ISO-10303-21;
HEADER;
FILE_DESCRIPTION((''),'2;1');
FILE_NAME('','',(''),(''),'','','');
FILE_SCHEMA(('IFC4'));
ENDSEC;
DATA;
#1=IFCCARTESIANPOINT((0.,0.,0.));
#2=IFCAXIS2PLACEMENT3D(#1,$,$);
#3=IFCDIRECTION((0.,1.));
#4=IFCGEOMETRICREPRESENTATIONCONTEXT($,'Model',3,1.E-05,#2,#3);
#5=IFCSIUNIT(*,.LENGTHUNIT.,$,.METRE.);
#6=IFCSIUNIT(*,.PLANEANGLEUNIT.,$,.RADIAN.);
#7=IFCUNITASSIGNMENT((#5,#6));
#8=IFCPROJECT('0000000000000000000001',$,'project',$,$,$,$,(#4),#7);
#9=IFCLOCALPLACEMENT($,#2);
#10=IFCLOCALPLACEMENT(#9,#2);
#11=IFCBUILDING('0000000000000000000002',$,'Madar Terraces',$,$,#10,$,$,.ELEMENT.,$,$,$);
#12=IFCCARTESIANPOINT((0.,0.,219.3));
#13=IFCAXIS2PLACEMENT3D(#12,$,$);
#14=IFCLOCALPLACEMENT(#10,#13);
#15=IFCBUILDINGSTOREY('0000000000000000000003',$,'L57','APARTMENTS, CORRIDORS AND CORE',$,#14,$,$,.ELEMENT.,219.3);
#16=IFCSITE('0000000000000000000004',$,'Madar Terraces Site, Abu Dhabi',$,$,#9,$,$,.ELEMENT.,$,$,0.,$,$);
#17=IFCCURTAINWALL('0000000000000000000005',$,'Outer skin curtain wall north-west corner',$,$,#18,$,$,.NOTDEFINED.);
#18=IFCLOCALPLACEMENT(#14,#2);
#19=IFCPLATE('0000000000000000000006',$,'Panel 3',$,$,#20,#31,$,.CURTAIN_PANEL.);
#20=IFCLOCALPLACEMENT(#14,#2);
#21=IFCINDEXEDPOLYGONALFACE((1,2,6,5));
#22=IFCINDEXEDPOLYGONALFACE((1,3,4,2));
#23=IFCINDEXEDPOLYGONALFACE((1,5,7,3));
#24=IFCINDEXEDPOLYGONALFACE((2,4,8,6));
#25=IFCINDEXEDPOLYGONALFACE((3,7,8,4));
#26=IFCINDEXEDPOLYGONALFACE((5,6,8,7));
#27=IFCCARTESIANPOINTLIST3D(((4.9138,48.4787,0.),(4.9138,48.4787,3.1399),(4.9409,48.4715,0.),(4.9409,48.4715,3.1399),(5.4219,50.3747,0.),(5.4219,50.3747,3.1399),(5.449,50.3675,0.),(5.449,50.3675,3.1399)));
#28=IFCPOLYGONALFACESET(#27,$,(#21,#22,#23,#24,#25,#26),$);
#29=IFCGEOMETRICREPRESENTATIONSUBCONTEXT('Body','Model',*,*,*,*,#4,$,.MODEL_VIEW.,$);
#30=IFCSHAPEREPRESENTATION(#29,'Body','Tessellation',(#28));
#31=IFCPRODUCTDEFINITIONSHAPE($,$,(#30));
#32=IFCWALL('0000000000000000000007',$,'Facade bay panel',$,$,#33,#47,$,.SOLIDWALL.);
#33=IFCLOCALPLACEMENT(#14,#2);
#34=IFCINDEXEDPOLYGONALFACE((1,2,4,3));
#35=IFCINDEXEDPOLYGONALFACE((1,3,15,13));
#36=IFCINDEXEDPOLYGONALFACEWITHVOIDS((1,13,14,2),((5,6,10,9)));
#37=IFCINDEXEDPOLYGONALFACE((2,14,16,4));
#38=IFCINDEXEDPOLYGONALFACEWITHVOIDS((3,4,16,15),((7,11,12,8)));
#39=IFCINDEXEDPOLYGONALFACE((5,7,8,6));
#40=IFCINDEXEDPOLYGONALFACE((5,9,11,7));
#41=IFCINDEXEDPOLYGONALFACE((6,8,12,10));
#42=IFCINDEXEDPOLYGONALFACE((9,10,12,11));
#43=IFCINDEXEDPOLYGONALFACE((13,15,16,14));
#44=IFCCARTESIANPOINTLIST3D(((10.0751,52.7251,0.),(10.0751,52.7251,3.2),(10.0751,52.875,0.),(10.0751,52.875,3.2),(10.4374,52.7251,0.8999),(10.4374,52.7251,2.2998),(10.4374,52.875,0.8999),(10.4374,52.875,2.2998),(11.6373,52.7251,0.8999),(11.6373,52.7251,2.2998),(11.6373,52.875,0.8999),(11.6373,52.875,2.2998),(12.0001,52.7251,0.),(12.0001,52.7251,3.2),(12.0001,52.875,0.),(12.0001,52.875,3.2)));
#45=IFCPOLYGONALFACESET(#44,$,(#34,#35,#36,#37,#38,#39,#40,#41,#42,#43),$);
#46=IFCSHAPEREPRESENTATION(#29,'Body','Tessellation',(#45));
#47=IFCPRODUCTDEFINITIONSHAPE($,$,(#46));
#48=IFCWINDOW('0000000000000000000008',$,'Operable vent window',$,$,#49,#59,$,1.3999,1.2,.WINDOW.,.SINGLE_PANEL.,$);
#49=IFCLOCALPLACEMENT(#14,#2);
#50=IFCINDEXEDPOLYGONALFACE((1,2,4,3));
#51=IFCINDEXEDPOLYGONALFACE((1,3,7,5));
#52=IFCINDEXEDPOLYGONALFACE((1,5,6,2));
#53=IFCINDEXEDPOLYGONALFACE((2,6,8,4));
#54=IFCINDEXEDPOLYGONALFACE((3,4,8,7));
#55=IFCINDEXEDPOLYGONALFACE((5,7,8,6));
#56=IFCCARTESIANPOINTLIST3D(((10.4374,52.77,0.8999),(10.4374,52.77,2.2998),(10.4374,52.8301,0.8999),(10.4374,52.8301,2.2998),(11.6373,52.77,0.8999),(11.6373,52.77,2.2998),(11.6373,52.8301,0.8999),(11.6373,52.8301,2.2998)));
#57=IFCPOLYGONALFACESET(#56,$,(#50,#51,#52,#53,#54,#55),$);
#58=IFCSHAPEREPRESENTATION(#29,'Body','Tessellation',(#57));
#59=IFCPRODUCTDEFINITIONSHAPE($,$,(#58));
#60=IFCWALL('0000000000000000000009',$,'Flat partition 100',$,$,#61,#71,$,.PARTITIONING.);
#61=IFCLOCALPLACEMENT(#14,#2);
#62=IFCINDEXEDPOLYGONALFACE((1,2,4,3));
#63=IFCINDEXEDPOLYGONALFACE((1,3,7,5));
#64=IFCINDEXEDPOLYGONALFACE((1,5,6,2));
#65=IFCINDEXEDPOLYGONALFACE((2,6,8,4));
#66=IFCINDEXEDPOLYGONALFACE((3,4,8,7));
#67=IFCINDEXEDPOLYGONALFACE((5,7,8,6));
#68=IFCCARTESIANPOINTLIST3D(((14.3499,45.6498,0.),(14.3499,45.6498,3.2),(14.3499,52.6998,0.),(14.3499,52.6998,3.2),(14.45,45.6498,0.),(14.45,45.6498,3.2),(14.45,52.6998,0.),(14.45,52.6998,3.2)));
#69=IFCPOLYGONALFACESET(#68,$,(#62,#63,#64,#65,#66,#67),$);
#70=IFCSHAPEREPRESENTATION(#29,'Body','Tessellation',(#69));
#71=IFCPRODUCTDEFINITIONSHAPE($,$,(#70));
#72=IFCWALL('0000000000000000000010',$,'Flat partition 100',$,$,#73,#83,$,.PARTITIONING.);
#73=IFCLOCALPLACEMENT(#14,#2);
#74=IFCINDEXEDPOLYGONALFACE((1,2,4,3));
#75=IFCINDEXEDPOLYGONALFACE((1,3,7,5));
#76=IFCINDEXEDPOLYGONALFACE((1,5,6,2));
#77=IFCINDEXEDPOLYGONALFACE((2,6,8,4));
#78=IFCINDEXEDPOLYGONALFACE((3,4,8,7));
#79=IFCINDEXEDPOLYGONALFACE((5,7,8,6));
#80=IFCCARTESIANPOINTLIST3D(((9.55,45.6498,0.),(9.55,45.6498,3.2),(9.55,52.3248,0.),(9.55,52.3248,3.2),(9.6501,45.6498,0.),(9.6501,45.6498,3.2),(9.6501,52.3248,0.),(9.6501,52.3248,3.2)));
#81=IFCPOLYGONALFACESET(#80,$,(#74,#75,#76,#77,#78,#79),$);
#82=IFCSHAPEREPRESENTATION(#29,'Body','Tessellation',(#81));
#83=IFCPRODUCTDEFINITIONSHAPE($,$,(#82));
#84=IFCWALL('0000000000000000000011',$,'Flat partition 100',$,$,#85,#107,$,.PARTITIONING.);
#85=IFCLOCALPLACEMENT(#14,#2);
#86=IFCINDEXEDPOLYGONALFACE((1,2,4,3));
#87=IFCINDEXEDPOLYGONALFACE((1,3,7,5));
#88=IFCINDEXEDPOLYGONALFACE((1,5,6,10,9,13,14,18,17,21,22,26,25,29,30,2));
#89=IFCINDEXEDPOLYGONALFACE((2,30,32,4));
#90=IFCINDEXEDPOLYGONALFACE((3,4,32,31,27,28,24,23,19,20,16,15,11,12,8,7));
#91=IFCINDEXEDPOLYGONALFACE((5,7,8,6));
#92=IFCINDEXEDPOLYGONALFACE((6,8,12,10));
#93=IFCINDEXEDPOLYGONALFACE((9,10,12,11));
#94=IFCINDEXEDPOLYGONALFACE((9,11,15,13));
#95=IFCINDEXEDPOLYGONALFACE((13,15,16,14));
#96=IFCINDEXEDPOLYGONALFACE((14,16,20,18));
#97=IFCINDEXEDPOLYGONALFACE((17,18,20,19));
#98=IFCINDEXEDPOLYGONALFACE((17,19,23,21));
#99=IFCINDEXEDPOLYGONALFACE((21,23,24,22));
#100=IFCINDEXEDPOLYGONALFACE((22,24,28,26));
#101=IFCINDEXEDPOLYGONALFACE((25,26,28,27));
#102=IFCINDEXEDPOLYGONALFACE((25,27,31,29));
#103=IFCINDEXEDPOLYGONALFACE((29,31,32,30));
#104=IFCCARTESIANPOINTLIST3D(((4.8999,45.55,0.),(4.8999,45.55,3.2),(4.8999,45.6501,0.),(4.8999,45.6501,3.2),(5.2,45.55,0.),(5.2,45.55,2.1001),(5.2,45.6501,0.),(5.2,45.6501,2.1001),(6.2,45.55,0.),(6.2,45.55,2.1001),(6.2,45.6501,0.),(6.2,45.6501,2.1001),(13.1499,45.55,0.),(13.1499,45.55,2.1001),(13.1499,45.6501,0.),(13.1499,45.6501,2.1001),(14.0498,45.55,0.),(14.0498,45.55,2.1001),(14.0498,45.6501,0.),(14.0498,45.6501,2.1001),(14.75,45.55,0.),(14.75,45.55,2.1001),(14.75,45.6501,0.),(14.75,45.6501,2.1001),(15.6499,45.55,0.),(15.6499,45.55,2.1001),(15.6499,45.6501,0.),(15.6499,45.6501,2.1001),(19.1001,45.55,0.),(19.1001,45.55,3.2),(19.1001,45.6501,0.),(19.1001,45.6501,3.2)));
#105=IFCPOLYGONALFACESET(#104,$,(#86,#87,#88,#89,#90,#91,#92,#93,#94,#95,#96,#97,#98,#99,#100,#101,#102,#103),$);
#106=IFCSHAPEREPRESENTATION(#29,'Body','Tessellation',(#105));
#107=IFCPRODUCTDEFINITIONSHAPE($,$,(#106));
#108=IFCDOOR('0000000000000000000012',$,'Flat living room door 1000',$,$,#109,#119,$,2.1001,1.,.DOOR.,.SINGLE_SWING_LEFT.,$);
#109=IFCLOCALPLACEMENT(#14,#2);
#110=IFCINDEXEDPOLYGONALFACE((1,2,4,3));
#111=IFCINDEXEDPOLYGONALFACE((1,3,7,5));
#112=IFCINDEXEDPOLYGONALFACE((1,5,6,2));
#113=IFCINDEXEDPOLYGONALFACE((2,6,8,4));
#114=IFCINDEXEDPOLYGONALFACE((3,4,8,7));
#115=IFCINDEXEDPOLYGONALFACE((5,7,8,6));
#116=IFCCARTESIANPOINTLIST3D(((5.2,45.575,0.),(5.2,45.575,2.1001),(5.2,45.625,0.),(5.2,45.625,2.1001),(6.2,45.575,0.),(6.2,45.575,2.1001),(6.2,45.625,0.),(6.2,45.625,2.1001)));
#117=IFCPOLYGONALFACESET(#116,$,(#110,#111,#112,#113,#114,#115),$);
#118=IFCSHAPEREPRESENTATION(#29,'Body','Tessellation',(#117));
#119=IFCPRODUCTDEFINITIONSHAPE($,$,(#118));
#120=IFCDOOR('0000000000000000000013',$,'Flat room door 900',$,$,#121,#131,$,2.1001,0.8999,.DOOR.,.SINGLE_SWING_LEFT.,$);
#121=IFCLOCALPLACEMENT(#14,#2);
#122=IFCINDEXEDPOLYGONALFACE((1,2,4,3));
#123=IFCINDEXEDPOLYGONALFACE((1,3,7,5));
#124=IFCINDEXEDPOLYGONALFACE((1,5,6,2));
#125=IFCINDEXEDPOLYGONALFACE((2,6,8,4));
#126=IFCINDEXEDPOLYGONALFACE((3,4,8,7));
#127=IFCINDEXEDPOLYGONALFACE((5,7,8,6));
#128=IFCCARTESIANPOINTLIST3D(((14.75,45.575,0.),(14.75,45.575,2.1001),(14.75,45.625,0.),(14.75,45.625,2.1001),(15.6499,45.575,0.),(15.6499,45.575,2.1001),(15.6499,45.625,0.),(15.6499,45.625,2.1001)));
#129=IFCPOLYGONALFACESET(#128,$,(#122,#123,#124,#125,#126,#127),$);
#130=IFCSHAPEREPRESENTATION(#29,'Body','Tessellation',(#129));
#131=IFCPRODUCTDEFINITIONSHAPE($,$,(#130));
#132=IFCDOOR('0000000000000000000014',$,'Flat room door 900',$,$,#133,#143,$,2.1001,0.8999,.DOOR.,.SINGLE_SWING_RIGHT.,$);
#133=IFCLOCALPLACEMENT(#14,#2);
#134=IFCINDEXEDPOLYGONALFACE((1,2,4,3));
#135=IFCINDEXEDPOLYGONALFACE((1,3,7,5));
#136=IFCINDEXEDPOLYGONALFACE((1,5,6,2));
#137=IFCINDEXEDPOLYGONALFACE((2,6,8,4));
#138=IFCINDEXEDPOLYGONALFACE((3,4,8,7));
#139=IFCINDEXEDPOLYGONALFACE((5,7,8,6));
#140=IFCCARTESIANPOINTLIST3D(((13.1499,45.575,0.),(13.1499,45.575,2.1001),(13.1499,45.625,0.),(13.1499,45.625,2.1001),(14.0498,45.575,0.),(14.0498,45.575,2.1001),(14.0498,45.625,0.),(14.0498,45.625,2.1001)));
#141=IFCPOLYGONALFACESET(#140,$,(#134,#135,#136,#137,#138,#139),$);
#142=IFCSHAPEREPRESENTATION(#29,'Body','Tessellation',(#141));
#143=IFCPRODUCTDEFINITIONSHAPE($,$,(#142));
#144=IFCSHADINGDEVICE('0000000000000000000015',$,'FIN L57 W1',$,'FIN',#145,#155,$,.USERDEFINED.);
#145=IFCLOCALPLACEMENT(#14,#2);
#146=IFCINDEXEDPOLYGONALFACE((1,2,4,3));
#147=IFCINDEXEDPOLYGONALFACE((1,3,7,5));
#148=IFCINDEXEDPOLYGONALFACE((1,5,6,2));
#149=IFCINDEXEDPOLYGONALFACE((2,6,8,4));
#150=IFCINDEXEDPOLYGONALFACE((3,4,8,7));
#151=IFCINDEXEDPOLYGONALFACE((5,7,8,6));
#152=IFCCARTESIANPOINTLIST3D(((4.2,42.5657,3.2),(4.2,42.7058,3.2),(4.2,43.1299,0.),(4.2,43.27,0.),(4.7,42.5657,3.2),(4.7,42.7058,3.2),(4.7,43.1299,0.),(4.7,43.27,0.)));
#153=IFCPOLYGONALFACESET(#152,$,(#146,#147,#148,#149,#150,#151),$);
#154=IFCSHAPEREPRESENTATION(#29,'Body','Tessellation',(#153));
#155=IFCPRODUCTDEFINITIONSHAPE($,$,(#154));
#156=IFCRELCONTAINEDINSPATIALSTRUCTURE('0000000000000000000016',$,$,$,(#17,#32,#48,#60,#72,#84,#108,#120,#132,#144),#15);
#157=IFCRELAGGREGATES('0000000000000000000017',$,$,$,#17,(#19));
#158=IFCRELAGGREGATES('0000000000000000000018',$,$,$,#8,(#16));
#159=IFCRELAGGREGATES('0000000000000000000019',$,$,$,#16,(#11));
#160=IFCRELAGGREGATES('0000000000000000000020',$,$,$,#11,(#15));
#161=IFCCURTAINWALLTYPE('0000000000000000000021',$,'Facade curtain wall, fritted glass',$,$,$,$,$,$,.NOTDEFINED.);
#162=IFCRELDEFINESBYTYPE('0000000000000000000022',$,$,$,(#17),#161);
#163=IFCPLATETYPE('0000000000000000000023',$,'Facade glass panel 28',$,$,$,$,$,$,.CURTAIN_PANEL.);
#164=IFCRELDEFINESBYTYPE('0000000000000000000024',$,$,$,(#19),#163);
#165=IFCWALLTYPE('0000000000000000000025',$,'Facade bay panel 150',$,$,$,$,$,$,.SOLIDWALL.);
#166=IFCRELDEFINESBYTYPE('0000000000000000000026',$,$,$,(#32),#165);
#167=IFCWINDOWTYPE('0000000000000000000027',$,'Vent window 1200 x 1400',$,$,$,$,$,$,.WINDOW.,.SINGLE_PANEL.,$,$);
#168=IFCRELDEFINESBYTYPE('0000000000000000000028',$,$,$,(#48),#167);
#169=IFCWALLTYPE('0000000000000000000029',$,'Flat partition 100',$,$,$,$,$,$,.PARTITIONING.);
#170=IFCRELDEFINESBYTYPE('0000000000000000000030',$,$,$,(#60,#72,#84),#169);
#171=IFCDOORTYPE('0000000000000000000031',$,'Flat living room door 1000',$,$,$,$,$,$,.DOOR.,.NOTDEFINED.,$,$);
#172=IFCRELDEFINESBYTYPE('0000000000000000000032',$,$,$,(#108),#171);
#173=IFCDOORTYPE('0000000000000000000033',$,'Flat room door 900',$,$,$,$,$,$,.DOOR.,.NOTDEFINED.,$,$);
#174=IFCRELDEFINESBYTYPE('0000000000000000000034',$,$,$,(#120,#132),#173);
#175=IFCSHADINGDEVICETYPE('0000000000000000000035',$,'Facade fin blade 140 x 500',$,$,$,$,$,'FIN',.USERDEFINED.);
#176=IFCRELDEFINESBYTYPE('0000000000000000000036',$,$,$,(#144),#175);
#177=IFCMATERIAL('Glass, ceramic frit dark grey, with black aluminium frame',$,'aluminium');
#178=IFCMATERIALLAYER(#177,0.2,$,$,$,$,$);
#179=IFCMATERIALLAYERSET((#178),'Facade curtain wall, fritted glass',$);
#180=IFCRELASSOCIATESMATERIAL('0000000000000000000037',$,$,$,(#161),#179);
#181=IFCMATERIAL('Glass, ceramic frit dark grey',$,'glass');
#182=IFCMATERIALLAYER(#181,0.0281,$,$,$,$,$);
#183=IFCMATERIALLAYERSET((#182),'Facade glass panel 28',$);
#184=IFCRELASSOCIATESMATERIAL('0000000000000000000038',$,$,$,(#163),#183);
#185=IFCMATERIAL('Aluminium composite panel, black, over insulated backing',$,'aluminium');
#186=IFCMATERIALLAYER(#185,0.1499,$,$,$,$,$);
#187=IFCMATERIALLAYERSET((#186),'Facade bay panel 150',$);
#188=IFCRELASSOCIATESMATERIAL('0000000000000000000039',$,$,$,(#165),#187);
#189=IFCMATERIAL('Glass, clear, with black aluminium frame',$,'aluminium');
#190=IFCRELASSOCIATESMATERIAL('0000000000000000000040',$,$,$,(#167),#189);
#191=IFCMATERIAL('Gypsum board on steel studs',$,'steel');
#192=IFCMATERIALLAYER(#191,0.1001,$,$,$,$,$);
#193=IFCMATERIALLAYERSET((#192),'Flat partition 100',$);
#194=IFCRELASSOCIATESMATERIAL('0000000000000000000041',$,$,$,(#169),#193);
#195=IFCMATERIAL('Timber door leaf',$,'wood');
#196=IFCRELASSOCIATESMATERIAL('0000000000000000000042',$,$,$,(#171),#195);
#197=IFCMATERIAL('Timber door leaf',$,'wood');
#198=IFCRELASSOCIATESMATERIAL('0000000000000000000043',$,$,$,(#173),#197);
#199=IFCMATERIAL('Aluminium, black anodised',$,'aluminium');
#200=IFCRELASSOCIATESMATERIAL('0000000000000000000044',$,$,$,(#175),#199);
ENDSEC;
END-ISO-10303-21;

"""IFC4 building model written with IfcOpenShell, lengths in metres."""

from ifc_helpers import new_model, si_unit, direction, frame, frame_2d, origin, origin_2d, place, context, subcontext, project, spatial, polyline, rectangle, outline, extrude, material, layer, layer_set, type_object, element, fill, aggregate, save


model = new_model("IFC4")

# Units and contexts
model_context = context("Model", 3, precision=1e-05, world=origin(), true_north=direction((0.0, 1.0)))
body_context = subcontext(model_context, "Body", "Model", "MODEL_VIEW")
ifc_project = project(units=[si_unit("LENGTHUNIT", "METRE"), si_unit("PLANEANGLEUNIT", "RADIAN")], contexts=[model_context])

# Site, building, storey
site_placement = place(None, origin())
site = spatial("IfcSite", under=ifc_project, at=site_placement, Name="Madar Terraces Site, Abu Dhabi", CompositionType="ELEMENT", RefElevation=0.0)
building_placement = place(site_placement, origin())
building = spatial("IfcBuilding", under=site, at=building_placement, Name="Madar Terraces", CompositionType="ELEMENT")
storey_placement = place(building_placement, frame((0.0, 0.0, 219.3)))
storey = spatial("IfcBuildingStorey", under=building, at=storey_placement, Name="L57", Description="APARTMENTS, CORRIDORS AND CORE", CompositionType="ELEMENT", Elevation=219.3)

# Shared definitions
ifc_material_1 = material(Name="Glass, ceramic frit dark grey, with black aluminium frame", Category="aluminium")
ifc_layer_1 = layer(ifc_material_1, 0.2)
ifc_layer_set_1 = layer_set([ifc_layer_1], Name="Facade curtain wall, fritted glass")
curtain_wall_type = type_object("IfcCurtainWallType", Name="Facade curtain wall, fritted glass", PredefinedType="NOTDEFINED", material=ifc_layer_set_1)

# Curtain wall
curtain_wall_1_placement = place(storey_placement, origin())
curtain_wall_1 = element("IfcCurtainWall", 1, at=curtain_wall_1_placement, inside=storey, type_object=curtain_wall_type, Name="Outer skin curtain wall north-west corner", PredefinedType="NOTDEFINED")

# Shared definitions
ifc_material_2 = material(Name="Glass, ceramic frit dark grey", Category="glass")
ifc_layer_2 = layer(ifc_material_2, 0.0281)
ifc_layer_set_2 = layer_set([ifc_layer_2], Name="Facade glass panel 28")
plate_type = type_object("IfcPlateType", Name="Facade glass panel 28", PredefinedType="CURTAIN_PANEL", material=ifc_layer_set_2)

# Plate
plate_1_placement = place(storey_placement, frame((5.1814, 49.4231, 0.0), z_axis=(0.0, 0.0, 1.0), x_axis=(-0.258819, -0.965926, 0.0)))
plate_1 = element("IfcPlate", 2, at=plate_1_placement, type_object=plate_type, Name="Panel 3", PredefinedType="CURTAIN_PANEL", context=body_context, shape_type="SweptSolid", body=[
    extrude(rectangle(XDim=1.9629, YDim=0.0281, at=origin_2d()), origin(), (0.0, 0.0, 1.0), 3.1399),
])
aggregate(curtain_wall_1, [plate_1])

# Wall, opening, window
ifc_material_3 = material(Name="Aluminium composite panel, black, over insulated backing", Category="aluminium")
ifc_layer_3 = layer(ifc_material_3, 0.1499)
ifc_layer_set_3 = layer_set([ifc_layer_3], Name="Facade bay panel 150")
wall_type_1 = type_object("IfcWallType", Name="Facade bay panel 150", PredefinedType="SOLIDWALL", material=ifc_layer_set_3)
wall_1_placement = place(storey_placement, frame((12.0, 52.8, 0.0), z_axis=(0.0, 0.0, 1.0), x_axis=(-1.0, 0.0, 0.0)))
wall_1 = element("IfcWall", 3, at=wall_1_placement, inside=storey, type_object=wall_type_1, Name="Facade bay panel", PredefinedType="SOLIDWALL", context=body_context, shape_type="SweptSolid", body=[
    extrude(rectangle(XDim=1.925, YDim=0.1499, at=frame_2d((0.9624, 0.0))), origin(), (0.0, 0.0, 1.0), 3.2),
])
opening_1_placement = place(wall_1_placement, frame((0.3625, 0.0, 0.8999)))
opening_1 = element("IfcOpeningElement", 4, at=opening_1_placement, cuts=wall_1, PredefinedType="OPENING", context=body_context, shape_type="SweptSolid", body=[
    extrude(rectangle(XDim=1.2, YDim=1.3999, at=frame_2d((0.6001, 0.7))), frame((0.0, 0.085, 0.0), z_axis=(0.0, -1.0, 0.0), x_axis=(1.0, 0.0, 0.0)), (0.0, 0.0, 1.0), 0.1699),
])
ifc_material_4 = material(Name="Glass, clear, with black aluminium frame", Category="aluminium")
window_type = type_object("IfcWindowType", Name="Vent window 1200 x 1400", PartitioningType="SINGLE_PANEL", PredefinedType="WINDOW", material=ifc_material_4)
window_placement = place(opening_1_placement, origin())
window = element("IfcWindow", 5, at=window_placement, inside=storey, type_object=window_type, Name="Operable vent window", OverallHeight=1.3999, OverallWidth=1.2, PartitioningType="SINGLE_PANEL", PredefinedType="WINDOW", context=body_context, shape_type="SweptSolid", body=[
    extrude(rectangle(XDim=1.2, YDim=1.3999, at=frame_2d((0.6001, 0.7))), frame((0.0, 0.03, 0.0), z_axis=(0.0, -1.0, 0.0), x_axis=(1.0, 0.0, 0.0)), (0.0, 0.0, 1.0), 0.0601),
])
fill(opening_1, window)

# Walls
ifc_material_5 = material(Name="Gypsum board on steel studs", Category="steel")
ifc_layer_4 = layer(ifc_material_5, 0.1001)
ifc_layer_set_4 = layer_set([ifc_layer_4], Name="Flat partition 100")
wall_type_2 = type_object("IfcWallType", Name="Flat partition 100", PredefinedType="PARTITIONING", material=ifc_layer_set_4)
wall_2_placement = place(storey_placement, frame((14.3999, 45.6499, 0.0), z_axis=(0.0, 0.0, 1.0), x_axis=(0.0, 1.0, 0.0)))
element("IfcWall", 6, at=wall_2_placement, inside=storey, type_object=wall_type_2, Name="Flat partition 100", PredefinedType="PARTITIONING", context=body_context, shape_type="SweptSolid", body=[
    extrude(rectangle(XDim=7.05, YDim=0.1001, at=frame_2d((3.5249, 0.0))), origin(), (0.0, 0.0, 1.0), 3.2),
])
wall_3_placement = place(storey_placement, frame((9.6001, 45.6499, 0.0), z_axis=(0.0, 0.0, 1.0), x_axis=(0.0, 1.0, 0.0)))
element("IfcWall", 7, at=wall_3_placement, inside=storey, type_object=wall_type_2, Name="Flat partition 100", PredefinedType="PARTITIONING", context=body_context, shape_type="SweptSolid", body=[
    extrude(rectangle(XDim=6.675, YDim=0.1001, at=frame_2d((3.3374, 0.0))), origin(), (0.0, 0.0, 1.0), 3.2),
])

# Wall, openings, doors
wall_4_placement = place(storey_placement, frame((4.8999, 45.6001, 0.0), z_axis=(0.0, 0.0, 1.0), x_axis=(1.0, 0.0, 0.0)))
wall_4 = element("IfcWall", 8, at=wall_4_placement, inside=storey, type_object=wall_type_2, Name="Flat partition 100", PredefinedType="PARTITIONING", context=body_context, shape_type="SweptSolid", body=[
    extrude(rectangle(XDim=14.2002, YDim=0.1001, at=frame_2d((7.1001, 0.0))), origin(), (0.0, 0.0, 1.0), 3.2),
])
opening_2_placement = place(wall_4_placement, frame((9.8501, 0.0, 0.0)))
opening_2 = element("IfcOpeningElement", 9, at=opening_2_placement, cuts=wall_4, PredefinedType="OPENING", context=body_context, shape_type="SweptSolid", body=[
    extrude(rectangle(XDim=0.8999, YDim=2.1001, at=frame_2d((0.45, 1.05))), frame((0.0, 0.0601, 0.0), z_axis=(0.0, -1.0, 0.0), x_axis=(1.0, 0.0, 0.0)), (0.0, 0.0, 1.0), 0.1201),
])
opening_3_placement = place(wall_4_placement, frame((8.25, 0.0, 0.0)))
opening_3 = element("IfcOpeningElement", 10, at=opening_3_placement, cuts=wall_4, PredefinedType="OPENING", context=body_context, shape_type="SweptSolid", body=[
    extrude(rectangle(XDim=0.8999, YDim=2.1001, at=frame_2d((0.45, 1.05))), frame((0.0, 0.0601, 0.0), z_axis=(0.0, -1.0, 0.0), x_axis=(1.0, 0.0, 0.0)), (0.0, 0.0, 1.0), 0.1201),
])
opening_4_placement = place(wall_4_placement, frame((0.3, 0.0, 0.0)))
opening_4 = element("IfcOpeningElement", 11, at=opening_4_placement, cuts=wall_4, PredefinedType="OPENING", context=body_context, shape_type="SweptSolid", body=[
    extrude(rectangle(XDim=1.0, YDim=2.1001, at=frame_2d((0.5, 1.05))), frame((0.0, 0.0601, 0.0), z_axis=(0.0, -1.0, 0.0), x_axis=(1.0, 0.0, 0.0)), (0.0, 0.0, 1.0), 0.1201),
])
ifc_material_6 = material(Name="Timber door leaf", Category="wood")
door_type_1 = type_object("IfcDoorType", Name="Flat living room door 1000", OperationType="NOTDEFINED", PredefinedType="DOOR", material=ifc_material_6)
door_1_placement = place(opening_4_placement, origin())
door_1 = element("IfcDoor", 12, at=door_1_placement, inside=storey, type_object=door_type_1, Name="Flat living room door 1000", OperationType="SINGLE_SWING_LEFT", OverallHeight=2.1001, OverallWidth=1.0, PredefinedType="DOOR", context=body_context, shape_type="SweptSolid", body=[
    extrude(rectangle(XDim=1.0, YDim=2.1001, at=frame_2d((0.5, 1.05))), frame((0.0, 0.0249, 0.0), z_axis=(0.0, -1.0, 0.0), x_axis=(1.0, 0.0, 0.0)), (0.0, 0.0, 1.0), 0.05),
])
fill(opening_4, door_1)
ifc_material_7 = material(Name="Timber door leaf", Category="wood")
door_type_2 = type_object("IfcDoorType", Name="Flat room door 900", OperationType="NOTDEFINED", PredefinedType="DOOR", material=ifc_material_7)
door_2_placement = place(opening_2_placement, origin())
door_2 = element("IfcDoor", 13, at=door_2_placement, inside=storey, type_object=door_type_2, Name="Flat room door 900", OperationType="SINGLE_SWING_LEFT", OverallHeight=2.1001, OverallWidth=0.8999, PredefinedType="DOOR", context=body_context, shape_type="SweptSolid", body=[
    extrude(rectangle(XDim=0.8999, YDim=2.1001, at=frame_2d((0.45, 1.05))), frame((0.0, 0.0249, 0.0), z_axis=(0.0, -1.0, 0.0), x_axis=(1.0, 0.0, 0.0)), (0.0, 0.0, 1.0), 0.05),
])
fill(opening_2, door_2)
door_3_placement = place(opening_3_placement, origin())
door_3 = element("IfcDoor", 14, at=door_3_placement, inside=storey, type_object=door_type_2, Name="Flat room door 900", OperationType="SINGLE_SWING_RIGHT", OverallHeight=2.1001, OverallWidth=0.8999, PredefinedType="DOOR", context=body_context, shape_type="SweptSolid", body=[
    extrude(rectangle(XDim=0.8999, YDim=2.1001, at=frame_2d((0.45, 1.05))), frame((0.0, 0.0249, 0.0), z_axis=(0.0, -1.0, 0.0), x_axis=(1.0, 0.0, 0.0)), (0.0, 0.0, 1.0), 0.05),
])
fill(opening_3, door_3)

# Shading device
ifc_material_8 = material(Name="Aluminium, black anodised", Category="aluminium")
shading_device_type = type_object("IfcShadingDeviceType", Name="Facade fin blade 140 x 500", ElementType="FIN", PredefinedType="USERDEFINED", material=ifc_material_8)
shading_device_placement = place(storey_placement, frame((4.45, 43.27, 0.0), z_axis=(0.0, 0.0, 1.0), x_axis=(0.0, -1.0, 0.0)))
element("IfcShadingDevice", 15, at=shading_device_placement, inside=storey, type_object=shading_device_type, Name="FIN L57 W1", ObjectType="FIN", PredefinedType="USERDEFINED", context=body_context, shape_type="SweptSolid", body=[
    extrude(outline(polyline([(0.0, 0.0), (0.1401, 0.0), (0.7043, 3.2), (0.5642, 3.2), (0.0, 0.0)])), frame((0.0, 0.25, 0.0), z_axis=(0.0, -1.0, 0.0), x_axis=(1.0, 0.0, 0.0)), (0.0, 0.0, 1.0), 0.5),
])

save(model, "model.ifc")
